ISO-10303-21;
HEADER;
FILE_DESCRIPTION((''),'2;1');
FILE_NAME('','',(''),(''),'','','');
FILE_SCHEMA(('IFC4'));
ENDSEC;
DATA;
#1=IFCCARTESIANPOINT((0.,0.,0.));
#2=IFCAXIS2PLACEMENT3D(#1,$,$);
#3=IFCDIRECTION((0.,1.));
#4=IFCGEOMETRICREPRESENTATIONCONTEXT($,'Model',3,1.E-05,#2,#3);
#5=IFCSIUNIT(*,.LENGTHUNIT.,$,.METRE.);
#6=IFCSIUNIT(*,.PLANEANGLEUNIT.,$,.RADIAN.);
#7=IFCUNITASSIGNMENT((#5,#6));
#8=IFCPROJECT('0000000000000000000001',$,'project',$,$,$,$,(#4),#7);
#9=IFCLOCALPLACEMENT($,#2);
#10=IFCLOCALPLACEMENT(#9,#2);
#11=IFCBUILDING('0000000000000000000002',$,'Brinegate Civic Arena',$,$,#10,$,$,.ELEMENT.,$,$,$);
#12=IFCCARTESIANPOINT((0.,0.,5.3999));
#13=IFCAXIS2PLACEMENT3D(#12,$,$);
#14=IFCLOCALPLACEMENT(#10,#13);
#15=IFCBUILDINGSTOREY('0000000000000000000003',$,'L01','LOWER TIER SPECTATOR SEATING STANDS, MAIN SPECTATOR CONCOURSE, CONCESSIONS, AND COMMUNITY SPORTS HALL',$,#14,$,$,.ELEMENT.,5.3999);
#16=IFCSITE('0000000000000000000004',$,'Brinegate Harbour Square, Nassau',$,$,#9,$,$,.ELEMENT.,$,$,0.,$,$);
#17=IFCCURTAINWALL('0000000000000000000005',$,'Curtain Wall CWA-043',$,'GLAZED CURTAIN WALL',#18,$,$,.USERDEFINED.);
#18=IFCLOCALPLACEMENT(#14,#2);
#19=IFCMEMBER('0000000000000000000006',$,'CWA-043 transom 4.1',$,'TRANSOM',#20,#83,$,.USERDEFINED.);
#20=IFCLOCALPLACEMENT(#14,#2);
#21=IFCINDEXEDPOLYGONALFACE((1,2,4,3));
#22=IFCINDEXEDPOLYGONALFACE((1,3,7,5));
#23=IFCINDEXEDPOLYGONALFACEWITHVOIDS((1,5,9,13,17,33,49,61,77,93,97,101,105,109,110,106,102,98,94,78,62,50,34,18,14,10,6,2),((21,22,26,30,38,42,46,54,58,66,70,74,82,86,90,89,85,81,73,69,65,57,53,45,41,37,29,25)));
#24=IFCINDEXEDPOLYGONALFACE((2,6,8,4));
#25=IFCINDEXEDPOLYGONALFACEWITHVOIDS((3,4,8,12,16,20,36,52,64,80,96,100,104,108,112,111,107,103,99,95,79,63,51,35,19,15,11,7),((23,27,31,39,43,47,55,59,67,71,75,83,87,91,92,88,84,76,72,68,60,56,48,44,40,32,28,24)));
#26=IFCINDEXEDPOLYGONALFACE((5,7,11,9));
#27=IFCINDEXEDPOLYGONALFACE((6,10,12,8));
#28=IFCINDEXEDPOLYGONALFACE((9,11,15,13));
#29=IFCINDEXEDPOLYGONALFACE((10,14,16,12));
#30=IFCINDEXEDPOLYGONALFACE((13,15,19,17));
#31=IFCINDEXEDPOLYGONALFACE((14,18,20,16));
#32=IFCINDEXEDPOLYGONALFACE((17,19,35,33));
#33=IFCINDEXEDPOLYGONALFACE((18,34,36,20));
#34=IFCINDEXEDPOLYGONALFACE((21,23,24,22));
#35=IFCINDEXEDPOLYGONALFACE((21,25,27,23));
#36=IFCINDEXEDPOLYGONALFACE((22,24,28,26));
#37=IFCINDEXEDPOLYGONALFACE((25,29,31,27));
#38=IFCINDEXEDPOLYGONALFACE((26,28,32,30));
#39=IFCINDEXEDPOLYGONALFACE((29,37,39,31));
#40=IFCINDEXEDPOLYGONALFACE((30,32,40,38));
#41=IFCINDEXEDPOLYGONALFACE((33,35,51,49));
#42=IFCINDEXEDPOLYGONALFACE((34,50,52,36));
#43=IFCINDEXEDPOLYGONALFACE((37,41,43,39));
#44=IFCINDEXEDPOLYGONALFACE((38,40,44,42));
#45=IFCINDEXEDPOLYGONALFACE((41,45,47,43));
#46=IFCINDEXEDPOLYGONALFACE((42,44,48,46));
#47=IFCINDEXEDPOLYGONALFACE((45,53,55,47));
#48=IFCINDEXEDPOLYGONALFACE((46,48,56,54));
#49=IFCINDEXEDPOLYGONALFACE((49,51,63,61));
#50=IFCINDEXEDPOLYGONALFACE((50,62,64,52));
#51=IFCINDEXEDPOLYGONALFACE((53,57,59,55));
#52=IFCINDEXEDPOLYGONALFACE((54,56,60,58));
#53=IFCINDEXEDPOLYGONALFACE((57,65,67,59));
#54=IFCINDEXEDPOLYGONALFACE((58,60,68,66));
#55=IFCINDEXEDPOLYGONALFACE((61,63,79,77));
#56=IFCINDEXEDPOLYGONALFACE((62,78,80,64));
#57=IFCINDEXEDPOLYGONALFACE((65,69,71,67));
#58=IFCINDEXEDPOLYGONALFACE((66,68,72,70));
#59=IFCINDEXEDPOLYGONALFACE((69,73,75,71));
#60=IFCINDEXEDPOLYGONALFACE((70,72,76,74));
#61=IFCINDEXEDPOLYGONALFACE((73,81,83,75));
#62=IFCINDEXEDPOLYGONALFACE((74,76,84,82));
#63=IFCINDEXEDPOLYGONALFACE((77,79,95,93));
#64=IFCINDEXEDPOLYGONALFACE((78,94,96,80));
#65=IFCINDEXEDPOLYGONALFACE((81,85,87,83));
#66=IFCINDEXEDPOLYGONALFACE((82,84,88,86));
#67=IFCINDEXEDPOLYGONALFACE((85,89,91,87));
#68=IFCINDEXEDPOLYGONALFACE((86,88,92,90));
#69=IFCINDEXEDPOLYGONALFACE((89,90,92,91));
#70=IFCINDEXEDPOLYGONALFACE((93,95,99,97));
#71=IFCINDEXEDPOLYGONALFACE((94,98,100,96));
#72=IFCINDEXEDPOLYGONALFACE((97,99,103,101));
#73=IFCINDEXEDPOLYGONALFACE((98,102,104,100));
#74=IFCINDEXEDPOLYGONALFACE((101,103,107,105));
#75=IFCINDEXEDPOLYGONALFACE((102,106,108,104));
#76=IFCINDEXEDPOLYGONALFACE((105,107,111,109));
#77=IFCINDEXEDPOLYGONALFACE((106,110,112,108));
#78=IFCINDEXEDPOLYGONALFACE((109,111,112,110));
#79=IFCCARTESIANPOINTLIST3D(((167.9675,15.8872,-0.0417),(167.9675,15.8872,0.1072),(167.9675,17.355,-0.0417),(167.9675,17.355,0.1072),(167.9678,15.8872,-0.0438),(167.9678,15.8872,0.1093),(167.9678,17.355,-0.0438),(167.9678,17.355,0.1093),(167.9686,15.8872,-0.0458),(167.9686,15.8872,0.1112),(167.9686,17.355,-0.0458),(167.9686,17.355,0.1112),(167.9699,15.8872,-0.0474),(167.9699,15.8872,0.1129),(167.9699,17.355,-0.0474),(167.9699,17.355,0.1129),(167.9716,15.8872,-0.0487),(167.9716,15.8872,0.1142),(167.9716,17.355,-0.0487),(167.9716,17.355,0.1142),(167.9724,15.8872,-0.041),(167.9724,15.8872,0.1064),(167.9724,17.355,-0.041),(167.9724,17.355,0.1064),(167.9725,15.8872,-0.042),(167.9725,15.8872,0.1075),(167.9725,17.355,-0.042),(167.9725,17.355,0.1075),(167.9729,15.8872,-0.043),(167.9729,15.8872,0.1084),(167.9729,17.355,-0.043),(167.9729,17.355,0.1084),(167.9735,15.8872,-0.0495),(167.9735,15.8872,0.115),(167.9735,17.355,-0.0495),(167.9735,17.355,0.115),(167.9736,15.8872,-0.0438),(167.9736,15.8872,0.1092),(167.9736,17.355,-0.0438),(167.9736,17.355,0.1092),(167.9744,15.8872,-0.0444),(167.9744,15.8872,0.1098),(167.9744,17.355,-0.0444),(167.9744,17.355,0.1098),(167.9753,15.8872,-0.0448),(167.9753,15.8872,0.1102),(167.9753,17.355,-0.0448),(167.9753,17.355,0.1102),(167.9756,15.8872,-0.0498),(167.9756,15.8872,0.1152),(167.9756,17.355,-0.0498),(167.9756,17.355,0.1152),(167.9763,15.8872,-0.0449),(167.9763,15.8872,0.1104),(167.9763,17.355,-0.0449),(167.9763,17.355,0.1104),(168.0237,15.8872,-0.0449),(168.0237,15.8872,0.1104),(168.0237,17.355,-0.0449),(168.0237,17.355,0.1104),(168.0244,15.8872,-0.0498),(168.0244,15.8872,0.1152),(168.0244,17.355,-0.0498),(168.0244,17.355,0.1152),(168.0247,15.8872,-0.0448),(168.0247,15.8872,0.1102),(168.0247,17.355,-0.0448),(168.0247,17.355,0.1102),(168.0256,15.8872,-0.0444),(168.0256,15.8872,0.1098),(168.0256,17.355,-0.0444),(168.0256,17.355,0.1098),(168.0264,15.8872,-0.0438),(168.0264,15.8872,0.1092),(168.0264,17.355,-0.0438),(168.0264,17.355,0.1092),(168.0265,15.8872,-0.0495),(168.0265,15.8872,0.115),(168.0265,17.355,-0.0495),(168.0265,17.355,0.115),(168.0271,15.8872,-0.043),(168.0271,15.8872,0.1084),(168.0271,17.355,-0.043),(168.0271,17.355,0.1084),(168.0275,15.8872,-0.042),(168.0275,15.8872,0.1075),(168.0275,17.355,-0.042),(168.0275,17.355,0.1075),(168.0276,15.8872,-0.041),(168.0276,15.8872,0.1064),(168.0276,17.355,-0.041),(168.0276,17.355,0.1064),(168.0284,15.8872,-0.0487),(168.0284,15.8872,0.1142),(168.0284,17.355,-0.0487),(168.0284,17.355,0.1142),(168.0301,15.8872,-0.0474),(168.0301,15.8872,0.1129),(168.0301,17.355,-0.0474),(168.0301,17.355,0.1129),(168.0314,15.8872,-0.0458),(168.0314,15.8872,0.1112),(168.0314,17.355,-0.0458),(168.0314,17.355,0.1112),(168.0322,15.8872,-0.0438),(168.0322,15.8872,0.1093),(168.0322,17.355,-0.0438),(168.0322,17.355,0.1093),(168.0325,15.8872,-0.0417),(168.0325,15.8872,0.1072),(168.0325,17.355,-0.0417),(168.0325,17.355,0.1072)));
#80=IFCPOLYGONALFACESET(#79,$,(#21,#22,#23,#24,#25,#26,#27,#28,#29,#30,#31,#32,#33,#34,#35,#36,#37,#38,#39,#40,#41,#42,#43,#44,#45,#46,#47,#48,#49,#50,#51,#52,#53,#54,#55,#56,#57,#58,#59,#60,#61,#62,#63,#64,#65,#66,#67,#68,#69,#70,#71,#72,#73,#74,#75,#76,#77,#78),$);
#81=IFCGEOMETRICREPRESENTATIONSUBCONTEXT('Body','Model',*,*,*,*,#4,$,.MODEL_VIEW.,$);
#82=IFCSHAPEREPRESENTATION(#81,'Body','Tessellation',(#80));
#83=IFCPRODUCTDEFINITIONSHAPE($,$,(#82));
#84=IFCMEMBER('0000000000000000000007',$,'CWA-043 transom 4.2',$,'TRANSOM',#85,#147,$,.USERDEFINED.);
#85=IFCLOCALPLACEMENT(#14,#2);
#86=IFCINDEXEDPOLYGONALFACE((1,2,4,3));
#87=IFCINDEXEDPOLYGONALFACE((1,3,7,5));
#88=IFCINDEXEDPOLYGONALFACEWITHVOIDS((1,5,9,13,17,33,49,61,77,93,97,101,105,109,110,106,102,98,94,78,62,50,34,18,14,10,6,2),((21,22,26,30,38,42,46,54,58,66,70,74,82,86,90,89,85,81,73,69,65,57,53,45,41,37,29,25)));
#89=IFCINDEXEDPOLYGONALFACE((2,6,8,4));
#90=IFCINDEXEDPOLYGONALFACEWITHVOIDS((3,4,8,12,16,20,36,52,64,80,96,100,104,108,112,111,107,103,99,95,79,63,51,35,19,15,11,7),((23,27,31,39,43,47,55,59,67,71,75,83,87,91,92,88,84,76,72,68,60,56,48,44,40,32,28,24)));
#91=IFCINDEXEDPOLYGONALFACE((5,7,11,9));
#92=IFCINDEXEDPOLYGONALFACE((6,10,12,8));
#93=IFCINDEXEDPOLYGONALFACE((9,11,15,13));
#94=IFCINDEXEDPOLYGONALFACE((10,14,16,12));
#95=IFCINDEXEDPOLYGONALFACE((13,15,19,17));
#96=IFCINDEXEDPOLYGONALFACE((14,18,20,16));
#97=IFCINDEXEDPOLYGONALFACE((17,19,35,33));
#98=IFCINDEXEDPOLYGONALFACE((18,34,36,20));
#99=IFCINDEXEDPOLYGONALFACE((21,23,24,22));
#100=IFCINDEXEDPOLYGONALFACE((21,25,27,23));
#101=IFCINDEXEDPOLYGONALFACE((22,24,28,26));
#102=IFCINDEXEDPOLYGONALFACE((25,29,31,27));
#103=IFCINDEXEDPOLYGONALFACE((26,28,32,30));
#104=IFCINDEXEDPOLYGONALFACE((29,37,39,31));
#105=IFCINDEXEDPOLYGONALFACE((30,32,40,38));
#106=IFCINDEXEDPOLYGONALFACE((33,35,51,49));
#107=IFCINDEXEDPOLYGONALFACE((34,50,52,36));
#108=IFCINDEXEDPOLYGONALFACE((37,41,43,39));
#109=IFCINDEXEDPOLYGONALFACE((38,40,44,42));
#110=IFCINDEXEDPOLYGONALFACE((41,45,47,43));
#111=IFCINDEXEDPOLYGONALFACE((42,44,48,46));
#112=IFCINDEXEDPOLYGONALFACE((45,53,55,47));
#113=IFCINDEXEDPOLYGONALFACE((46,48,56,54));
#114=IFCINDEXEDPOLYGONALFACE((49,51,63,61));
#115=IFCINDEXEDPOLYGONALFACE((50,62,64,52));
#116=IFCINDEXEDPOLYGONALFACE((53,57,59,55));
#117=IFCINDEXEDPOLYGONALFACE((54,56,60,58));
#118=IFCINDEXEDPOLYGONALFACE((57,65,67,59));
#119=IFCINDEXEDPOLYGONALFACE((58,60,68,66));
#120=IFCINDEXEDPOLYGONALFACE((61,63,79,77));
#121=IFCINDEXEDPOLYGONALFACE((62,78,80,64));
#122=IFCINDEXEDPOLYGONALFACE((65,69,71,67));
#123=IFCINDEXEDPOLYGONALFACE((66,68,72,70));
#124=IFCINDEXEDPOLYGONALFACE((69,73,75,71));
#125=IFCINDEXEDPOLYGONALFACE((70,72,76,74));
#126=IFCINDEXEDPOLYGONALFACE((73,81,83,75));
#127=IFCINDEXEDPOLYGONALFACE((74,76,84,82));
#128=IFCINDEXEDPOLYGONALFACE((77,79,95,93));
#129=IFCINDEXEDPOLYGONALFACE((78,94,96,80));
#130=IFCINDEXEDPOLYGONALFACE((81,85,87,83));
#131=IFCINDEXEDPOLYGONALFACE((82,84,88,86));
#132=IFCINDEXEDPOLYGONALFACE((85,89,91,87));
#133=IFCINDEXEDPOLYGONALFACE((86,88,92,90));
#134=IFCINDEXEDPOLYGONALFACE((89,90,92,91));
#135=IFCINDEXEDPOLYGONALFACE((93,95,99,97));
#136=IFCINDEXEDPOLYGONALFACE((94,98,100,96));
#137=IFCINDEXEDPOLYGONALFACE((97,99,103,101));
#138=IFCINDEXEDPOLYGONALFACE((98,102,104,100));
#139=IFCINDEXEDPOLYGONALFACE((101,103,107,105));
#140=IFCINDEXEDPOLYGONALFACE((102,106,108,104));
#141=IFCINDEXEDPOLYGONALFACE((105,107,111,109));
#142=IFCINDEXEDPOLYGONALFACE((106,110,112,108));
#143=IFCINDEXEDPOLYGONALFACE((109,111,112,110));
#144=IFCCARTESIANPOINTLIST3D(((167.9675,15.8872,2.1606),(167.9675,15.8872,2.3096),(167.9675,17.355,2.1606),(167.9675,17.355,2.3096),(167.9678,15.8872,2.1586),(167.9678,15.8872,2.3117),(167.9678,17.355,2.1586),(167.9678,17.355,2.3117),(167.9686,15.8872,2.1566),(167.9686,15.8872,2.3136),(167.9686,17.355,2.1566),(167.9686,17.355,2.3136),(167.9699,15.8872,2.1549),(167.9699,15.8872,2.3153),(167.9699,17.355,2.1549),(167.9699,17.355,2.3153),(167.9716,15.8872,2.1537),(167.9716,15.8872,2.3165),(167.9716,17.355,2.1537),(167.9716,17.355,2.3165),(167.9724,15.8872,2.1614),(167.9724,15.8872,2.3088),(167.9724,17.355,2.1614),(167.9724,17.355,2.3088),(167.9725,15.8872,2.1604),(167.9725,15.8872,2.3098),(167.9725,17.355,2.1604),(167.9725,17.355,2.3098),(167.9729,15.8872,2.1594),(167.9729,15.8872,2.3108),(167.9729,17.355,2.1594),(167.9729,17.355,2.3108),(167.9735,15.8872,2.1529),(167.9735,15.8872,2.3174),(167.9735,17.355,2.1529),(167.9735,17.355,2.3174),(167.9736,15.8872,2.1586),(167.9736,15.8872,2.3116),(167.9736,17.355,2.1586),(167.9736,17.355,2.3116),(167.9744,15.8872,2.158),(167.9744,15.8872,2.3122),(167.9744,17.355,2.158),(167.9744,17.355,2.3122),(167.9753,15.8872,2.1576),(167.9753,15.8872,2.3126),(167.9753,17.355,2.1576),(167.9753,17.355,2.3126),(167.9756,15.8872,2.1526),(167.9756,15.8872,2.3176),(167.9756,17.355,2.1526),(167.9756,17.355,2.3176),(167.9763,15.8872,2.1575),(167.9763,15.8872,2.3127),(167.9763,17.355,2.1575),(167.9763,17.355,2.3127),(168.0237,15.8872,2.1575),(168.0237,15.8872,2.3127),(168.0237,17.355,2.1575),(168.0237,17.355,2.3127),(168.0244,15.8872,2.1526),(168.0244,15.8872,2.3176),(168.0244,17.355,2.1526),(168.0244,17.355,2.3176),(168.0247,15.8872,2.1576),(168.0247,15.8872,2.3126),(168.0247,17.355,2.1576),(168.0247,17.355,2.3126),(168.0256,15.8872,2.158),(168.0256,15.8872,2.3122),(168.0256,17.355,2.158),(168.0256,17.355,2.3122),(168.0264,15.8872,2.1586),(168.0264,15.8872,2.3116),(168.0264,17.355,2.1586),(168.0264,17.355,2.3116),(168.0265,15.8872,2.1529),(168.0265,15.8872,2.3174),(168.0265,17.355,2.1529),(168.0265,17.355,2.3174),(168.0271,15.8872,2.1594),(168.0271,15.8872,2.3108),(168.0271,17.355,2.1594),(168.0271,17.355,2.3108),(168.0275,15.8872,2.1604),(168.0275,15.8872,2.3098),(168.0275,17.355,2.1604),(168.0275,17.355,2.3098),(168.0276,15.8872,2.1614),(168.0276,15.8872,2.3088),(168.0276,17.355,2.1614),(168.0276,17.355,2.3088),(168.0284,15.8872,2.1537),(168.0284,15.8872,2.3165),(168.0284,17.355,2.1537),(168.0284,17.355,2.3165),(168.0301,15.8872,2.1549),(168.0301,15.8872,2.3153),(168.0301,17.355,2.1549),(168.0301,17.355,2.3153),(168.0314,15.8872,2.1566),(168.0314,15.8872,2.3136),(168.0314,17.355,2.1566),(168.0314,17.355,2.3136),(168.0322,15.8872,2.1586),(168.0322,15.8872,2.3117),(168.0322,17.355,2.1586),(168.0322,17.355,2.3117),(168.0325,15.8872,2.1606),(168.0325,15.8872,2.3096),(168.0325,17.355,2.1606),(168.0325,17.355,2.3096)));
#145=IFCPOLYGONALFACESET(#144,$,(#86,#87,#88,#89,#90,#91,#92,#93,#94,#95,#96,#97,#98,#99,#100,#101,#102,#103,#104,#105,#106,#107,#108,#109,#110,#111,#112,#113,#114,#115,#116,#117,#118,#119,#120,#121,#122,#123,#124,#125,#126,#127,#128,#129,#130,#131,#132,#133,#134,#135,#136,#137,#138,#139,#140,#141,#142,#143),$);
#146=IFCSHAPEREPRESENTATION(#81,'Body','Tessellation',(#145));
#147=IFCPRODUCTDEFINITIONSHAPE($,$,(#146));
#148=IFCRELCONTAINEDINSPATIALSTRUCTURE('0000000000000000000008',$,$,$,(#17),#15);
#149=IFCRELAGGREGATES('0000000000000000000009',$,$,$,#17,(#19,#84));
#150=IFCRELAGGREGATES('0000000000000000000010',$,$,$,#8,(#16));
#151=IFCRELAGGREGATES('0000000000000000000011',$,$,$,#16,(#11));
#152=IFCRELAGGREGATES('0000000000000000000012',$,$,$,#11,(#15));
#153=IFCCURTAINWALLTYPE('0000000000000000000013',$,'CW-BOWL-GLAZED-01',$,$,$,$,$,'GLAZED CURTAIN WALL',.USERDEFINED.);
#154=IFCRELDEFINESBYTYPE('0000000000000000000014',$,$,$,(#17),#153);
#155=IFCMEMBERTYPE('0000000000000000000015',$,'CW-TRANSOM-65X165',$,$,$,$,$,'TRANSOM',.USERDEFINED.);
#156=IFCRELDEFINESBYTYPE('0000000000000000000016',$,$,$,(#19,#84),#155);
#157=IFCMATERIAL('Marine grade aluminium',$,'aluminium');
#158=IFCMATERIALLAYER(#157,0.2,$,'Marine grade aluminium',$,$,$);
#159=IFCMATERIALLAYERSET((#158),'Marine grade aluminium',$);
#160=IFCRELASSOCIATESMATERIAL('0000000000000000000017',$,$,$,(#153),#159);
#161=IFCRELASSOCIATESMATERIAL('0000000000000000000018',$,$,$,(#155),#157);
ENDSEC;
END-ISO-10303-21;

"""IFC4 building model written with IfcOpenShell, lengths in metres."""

from ifc_helpers import new_model, si_unit, direction, frame, origin, origin_2d, place, context, subcontext, project, spatial, hollow_rectangle, extrude, material, layer, layer_set, material_profile, profile_set, type_object, element, aggregate, save


model = new_model("IFC4")

# Units and contexts
model_context = context("Model", 3, precision=1e-05, world=origin(), true_north=direction((0.0, 1.0)))
body_context = subcontext(model_context, "Body", "Model", "MODEL_VIEW")
ifc_project = project(units=[si_unit("LENGTHUNIT", "METRE"), si_unit("PLANEANGLEUNIT", "RADIAN")], contexts=[model_context])

# Site, building, storey
site_placement = place(None, origin())
site = spatial("IfcSite", under=ifc_project, at=site_placement, Name="Brinegate Harbour Square, Nassau", CompositionType="ELEMENT", RefElevation=0.0)
building_placement = place(site_placement, origin())
building = spatial("IfcBuilding", under=site, at=building_placement, Name="Brinegate Civic Arena", CompositionType="ELEMENT")
storey_placement = place(building_placement, frame((0.0, 0.0, 5.3999)))
storey = spatial("IfcBuildingStorey", under=building, at=storey_placement, Name="L01", Description="LOWER TIER SPECTATOR SEATING STANDS, MAIN SPECTATOR CONCOURSE, CONCESSIONS, AND COMMUNITY SPORTS HALL", CompositionType="ELEMENT", Elevation=5.3999)

# Curtain wall, members
ifc_material_1 = material(Name="Marine grade aluminium", Category="aluminium")
ifc_layer_1 = layer(ifc_material_1, 0.2, Name="Marine grade aluminium")
ifc_layer_set_1 = layer_set([ifc_layer_1], Name="Marine grade aluminium")
curtain_wall_type = type_object("IfcCurtainWallType", Name="CW-BOWL-GLAZED-01", ElementType="GLAZED CURTAIN WALL", PredefinedType="USERDEFINED", material=ifc_layer_set_1)
curtain_wall_placement = place(storey_placement, origin())
curtain_wall = element("IfcCurtainWall", 1, at=curtain_wall_placement, inside=storey, type_object=curtain_wall_type, Name="Curtain Wall CWA-043", ObjectType="GLAZED CURTAIN WALL", PredefinedType="USERDEFINED")
ifc_material_profile_1 = material_profile(ifc_material_1, hollow_rectangle(XDim=0.0649, YDim=0.165, WallThickness=0.0049, InnerFilletRadius=0.0039, OuterFilletRadius=0.0081, at=origin_2d()), Name="TRN65X165")
ifc_profile_set_1 = profile_set([ifc_material_profile_1], Name="Marine grade aluminium")
member_type_1 = type_object("IfcMemberType", Name="CW-TRANSOM-65X165", ElementType="TRANSOM", PredefinedType="USERDEFINED", material=ifc_profile_set_1)
member_1_placement = place(storey_placement, frame((168.0, 15.8872, 0.0327), z_axis=(0.0, 1.0, 0.0), x_axis=(-1.0, 0.0, 0.0)))
member_1 = element("IfcMember", 2, at=member_1_placement, type_object=member_type_1, Name="CWA-043 transom 4.1", ObjectType="TRANSOM", PredefinedType="USERDEFINED", context=body_context, shape_type="SweptSolid", body=[
    extrude(hollow_rectangle(XDim=0.0649, YDim=0.165, WallThickness=0.0049, InnerFilletRadius=0.0039, OuterFilletRadius=0.0081, at=origin_2d()), origin(), (0.0, 0.0, 1.0), 1.4678),
])
member_2_placement = place(storey_placement, frame((168.0, 15.8872, 2.2351), z_axis=(0.0, 1.0, 0.0), x_axis=(-1.0, 0.0, 0.0)))
member_2 = element("IfcMember", 3, at=member_2_placement, type_object=member_type_1, Name="CWA-043 transom 4.2", ObjectType="TRANSOM", PredefinedType="USERDEFINED", context=body_context, shape_type="SweptSolid", body=[
    extrude(hollow_rectangle(XDim=0.0649, YDim=0.165, WallThickness=0.0049, InnerFilletRadius=0.0039, OuterFilletRadius=0.0081, at=origin_2d()), origin(), (0.0, 0.0, 1.0), 1.4678),
])
aggregate(curtain_wall, [member_1, member_2])

save(model, "model.ifc")
